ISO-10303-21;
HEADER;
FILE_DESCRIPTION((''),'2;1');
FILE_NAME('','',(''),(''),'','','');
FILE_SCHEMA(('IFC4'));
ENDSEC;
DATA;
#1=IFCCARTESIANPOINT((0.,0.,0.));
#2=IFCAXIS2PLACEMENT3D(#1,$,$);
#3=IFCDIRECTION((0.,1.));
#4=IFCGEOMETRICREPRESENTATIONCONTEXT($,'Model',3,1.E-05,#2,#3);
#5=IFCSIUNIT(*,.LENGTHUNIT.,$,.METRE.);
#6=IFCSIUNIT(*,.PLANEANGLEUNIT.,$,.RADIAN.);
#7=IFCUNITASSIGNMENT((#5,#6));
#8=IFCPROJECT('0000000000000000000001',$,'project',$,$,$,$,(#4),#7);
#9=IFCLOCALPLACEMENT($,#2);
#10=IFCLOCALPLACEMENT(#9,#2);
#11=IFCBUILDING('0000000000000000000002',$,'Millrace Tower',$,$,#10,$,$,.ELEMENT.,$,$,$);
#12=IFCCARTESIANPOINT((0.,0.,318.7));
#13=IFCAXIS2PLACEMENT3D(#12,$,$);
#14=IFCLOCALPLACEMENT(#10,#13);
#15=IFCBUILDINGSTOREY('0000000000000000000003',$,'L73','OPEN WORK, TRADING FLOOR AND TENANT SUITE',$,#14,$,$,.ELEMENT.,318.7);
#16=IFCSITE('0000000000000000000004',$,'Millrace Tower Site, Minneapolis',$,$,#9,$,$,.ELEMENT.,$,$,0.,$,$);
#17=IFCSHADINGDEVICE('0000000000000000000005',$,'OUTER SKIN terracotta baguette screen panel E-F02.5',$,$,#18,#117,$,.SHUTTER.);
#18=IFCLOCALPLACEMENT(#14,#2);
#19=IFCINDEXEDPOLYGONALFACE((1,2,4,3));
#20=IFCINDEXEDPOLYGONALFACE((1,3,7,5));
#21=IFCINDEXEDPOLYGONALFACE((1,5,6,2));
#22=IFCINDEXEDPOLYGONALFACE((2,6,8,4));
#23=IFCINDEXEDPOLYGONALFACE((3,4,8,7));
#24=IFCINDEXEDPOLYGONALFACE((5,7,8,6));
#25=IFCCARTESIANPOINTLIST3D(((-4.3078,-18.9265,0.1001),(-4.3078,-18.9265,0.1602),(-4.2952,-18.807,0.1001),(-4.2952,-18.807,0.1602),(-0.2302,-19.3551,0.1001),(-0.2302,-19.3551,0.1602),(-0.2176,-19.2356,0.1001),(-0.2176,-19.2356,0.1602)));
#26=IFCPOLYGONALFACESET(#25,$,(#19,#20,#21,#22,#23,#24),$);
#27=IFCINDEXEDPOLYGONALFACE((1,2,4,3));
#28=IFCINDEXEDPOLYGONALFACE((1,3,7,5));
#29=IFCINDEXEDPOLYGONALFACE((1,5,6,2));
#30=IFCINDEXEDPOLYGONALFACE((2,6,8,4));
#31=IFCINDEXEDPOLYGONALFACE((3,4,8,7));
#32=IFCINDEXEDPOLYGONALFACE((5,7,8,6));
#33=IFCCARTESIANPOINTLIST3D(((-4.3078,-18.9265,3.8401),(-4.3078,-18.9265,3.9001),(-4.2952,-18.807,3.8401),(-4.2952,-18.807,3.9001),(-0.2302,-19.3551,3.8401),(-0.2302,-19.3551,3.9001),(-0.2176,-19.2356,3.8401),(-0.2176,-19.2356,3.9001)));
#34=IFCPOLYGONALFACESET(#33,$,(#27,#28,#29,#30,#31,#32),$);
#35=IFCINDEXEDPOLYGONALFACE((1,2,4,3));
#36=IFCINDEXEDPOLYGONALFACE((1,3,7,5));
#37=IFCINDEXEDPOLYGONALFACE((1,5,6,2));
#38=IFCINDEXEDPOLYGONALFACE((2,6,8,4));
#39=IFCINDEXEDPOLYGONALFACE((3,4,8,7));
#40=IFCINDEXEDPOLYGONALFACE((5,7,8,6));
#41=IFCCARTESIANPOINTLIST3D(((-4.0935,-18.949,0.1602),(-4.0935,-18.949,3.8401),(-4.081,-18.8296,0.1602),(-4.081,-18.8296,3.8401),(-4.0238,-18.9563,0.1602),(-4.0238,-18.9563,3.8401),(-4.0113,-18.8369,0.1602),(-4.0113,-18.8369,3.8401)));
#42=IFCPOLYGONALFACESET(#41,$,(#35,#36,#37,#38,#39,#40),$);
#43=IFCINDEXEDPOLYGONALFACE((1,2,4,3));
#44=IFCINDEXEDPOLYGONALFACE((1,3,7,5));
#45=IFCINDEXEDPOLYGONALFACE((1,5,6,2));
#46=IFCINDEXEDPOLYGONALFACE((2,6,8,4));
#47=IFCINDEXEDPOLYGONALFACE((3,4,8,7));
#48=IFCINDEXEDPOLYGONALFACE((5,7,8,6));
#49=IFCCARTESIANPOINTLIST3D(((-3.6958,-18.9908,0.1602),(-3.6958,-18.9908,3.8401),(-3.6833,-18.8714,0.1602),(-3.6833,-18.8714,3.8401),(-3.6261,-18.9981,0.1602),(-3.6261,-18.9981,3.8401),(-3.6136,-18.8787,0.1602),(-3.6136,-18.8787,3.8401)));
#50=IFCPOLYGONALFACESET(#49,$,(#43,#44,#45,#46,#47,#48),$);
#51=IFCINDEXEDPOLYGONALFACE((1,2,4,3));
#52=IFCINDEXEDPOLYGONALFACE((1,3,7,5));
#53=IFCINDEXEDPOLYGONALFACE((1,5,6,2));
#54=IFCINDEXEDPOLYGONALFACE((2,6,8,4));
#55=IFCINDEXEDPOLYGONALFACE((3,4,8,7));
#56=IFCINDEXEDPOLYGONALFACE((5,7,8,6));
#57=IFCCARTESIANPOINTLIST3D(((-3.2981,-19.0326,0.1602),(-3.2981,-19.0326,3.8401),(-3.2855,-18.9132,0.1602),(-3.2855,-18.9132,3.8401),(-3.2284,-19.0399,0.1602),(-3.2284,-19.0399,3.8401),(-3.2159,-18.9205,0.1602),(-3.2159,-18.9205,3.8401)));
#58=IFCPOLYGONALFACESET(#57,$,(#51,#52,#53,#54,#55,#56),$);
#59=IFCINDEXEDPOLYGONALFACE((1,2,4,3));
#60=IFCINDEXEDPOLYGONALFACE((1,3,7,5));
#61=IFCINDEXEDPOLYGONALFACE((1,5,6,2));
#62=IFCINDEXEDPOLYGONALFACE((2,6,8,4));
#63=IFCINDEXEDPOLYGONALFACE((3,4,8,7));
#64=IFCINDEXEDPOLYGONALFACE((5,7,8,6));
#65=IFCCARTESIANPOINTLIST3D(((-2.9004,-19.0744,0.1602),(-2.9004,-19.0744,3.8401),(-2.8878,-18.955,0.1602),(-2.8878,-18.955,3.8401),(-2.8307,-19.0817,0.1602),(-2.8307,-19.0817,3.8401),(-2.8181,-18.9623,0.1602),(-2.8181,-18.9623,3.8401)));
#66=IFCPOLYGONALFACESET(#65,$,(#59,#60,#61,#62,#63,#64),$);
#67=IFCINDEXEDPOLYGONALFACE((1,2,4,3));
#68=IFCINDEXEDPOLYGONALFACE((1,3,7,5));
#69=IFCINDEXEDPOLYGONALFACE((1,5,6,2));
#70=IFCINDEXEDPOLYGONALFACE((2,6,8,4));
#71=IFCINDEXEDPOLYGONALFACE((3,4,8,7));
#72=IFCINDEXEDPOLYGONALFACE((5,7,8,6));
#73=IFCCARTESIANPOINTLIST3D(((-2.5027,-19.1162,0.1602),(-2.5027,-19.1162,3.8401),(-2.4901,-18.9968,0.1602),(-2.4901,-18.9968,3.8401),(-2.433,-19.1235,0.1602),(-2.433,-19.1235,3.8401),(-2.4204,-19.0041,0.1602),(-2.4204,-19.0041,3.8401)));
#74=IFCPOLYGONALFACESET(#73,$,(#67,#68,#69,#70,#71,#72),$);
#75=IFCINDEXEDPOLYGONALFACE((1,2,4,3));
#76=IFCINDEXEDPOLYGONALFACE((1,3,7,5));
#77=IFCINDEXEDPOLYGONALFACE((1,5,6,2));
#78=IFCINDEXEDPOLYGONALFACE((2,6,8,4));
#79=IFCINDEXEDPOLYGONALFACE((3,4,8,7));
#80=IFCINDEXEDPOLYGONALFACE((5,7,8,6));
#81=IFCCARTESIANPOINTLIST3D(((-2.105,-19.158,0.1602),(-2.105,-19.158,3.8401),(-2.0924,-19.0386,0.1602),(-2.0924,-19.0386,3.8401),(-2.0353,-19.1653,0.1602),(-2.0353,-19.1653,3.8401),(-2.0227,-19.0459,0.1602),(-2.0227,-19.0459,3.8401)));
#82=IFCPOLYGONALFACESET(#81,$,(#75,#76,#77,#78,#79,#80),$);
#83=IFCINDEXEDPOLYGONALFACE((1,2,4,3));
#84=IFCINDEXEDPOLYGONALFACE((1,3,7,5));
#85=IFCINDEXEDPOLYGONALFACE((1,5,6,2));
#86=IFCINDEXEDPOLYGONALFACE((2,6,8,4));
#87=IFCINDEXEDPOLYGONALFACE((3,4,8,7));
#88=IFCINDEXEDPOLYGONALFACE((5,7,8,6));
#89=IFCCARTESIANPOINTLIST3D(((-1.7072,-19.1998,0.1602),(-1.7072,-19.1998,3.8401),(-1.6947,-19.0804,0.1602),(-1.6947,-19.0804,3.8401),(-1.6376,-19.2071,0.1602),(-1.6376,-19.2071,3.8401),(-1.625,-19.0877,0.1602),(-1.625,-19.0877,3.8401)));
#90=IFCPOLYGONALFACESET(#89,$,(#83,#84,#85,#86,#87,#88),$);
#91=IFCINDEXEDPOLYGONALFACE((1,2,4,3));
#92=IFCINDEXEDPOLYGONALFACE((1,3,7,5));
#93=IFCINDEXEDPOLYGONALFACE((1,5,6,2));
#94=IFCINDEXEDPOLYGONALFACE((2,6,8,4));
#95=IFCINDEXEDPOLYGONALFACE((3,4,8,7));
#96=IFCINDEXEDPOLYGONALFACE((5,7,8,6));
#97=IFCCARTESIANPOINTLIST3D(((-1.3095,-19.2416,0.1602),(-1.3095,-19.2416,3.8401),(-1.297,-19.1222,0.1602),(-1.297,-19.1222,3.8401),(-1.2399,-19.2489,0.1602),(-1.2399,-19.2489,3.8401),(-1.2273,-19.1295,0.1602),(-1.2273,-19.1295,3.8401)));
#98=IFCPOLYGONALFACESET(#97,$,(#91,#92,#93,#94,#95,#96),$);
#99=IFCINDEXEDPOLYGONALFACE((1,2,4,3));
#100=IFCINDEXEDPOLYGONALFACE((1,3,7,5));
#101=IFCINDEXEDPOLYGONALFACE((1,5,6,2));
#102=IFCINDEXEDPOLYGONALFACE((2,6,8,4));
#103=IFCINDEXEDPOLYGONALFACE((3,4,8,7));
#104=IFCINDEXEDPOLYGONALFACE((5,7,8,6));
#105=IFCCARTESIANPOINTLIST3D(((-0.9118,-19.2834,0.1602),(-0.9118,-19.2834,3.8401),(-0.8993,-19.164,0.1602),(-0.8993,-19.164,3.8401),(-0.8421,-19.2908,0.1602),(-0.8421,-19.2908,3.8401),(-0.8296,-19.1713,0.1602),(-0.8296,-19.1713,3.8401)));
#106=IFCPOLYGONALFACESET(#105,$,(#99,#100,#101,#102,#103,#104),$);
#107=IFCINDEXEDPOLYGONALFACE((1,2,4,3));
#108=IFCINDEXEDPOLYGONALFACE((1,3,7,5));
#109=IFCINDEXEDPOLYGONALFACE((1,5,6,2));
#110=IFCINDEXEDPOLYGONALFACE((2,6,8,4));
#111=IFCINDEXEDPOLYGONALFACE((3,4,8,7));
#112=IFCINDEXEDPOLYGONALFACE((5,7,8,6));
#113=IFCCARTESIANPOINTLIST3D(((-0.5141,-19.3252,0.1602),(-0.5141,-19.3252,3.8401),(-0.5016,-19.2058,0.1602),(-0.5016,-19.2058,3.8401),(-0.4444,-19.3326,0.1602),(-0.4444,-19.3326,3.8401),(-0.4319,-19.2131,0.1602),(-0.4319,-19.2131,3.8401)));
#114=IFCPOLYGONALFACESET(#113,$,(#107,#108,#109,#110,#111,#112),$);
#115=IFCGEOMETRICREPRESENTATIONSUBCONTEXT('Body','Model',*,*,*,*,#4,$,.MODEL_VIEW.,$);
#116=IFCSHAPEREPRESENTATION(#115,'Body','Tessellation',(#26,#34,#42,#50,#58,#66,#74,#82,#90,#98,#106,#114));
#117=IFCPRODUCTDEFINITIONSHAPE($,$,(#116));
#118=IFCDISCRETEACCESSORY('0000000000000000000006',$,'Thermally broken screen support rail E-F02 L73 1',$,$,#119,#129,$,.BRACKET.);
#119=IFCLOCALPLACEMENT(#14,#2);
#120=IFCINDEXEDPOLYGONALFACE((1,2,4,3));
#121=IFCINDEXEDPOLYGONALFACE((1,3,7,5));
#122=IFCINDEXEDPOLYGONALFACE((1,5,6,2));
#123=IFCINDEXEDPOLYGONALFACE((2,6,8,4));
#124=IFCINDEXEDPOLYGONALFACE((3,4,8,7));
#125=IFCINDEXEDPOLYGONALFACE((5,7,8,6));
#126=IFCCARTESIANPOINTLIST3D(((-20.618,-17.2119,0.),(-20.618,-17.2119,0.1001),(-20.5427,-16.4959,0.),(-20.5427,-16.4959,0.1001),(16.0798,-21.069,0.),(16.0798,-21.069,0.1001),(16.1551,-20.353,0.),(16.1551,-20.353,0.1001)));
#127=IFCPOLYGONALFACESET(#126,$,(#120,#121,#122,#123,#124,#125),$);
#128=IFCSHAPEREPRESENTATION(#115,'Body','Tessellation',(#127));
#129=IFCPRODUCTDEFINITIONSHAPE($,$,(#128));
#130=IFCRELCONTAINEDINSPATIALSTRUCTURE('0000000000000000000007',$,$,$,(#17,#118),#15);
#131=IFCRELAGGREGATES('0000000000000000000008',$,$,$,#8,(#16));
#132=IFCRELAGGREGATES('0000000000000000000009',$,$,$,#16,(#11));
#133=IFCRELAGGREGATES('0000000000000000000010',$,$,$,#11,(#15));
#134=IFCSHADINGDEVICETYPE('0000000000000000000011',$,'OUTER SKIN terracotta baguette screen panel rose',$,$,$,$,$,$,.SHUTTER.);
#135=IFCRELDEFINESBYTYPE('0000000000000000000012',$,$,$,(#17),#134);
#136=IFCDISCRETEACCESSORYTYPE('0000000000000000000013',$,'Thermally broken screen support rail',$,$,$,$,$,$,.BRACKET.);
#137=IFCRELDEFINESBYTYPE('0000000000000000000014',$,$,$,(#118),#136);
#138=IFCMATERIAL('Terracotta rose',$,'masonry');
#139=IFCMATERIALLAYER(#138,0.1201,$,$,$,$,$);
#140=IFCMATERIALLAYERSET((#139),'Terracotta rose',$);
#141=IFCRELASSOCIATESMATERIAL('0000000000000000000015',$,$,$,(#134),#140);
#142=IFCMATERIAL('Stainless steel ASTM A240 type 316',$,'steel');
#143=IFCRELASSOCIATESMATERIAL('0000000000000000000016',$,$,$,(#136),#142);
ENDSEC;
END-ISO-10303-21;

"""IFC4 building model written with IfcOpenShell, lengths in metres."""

from ifc_helpers import new_model, entity, si_unit, direction, frame, frame_2d, origin, origin_2d, place, context, subcontext, project, spatial, rectangle, extrude, source, transform, mapped, material, layer, layer_set, type_object, element, save


model = new_model("IFC4")

# Units and contexts
model_context = context("Model", 3, precision=1e-05, world=origin(), true_north=direction((0.0, 1.0)))
body_context = subcontext(model_context, "Body", "Model", "MODEL_VIEW")
ifc_project = project(units=[si_unit("LENGTHUNIT", "METRE"), si_unit("PLANEANGLEUNIT", "RADIAN")], contexts=[model_context])

# Site, building, storey
site_placement = place(None, origin())
site = spatial("IfcSite", under=ifc_project, at=site_placement, Name="Millrace Tower Site, Minneapolis", CompositionType="ELEMENT", RefElevation=0.0)
building_placement = place(site_placement, origin())
building = spatial("IfcBuilding", under=site, at=building_placement, Name="Millrace Tower", CompositionType="ELEMENT")
storey_placement = place(building_placement, frame((0.0, 0.0, 318.7)))
storey = spatial("IfcBuildingStorey", under=building, at=storey_placement, Name="L73", Description="OPEN WORK, TRADING FLOOR AND TENANT SUITE", CompositionType="ELEMENT", Elevation=318.7)

# Shading device
ifc_material_1 = material(Name="Terracotta rose", Category="masonry")
ifc_layer_1 = layer(ifc_material_1, 0.1201)
ifc_layer_set_1 = layer_set([ifc_layer_1], Name="Terracotta rose")
shading_device_type = type_object("IfcShadingDeviceType", Name="OUTER SKIN terracotta baguette screen panel rose", PredefinedType="SHUTTER", material=ifc_layer_set_1)
cartesian_point = entity("IfcCartesianPoint", [-2.05, 0.0601])
shared_polyline = entity("IfcPolyline", [cartesian_point, entity("IfcCartesianPoint", [2.05, 0.0601]), entity("IfcCartesianPoint", [2.05, -0.0601]), entity("IfcCartesianPoint", [-2.05, -0.0601]), cartesian_point])
shared_shape = source(origin(), body_context, "Body", "SweptSolid", [
    entity("IfcExtrudedAreaSolid", entity("IfcArbitraryClosedProfileDef", "AREA", None, shared_polyline), entity("IfcAxis2Placement3D", entity("IfcCartesianPoint", [0.0, 0.0, 0.0])), entity("IfcDirection", [0.0, 0.0, 1.0]), 0.0601),
    entity("IfcExtrudedAreaSolid", entity("IfcArbitraryClosedProfileDef", "AREA", None, shared_polyline), entity("IfcAxis2Placement3D", entity("IfcCartesianPoint", [0.0, 0.0, 3.74])), entity("IfcDirection", [0.0, 0.0, 1.0]), 0.0601),
    extrude(rectangle(XDim=0.0701, YDim=0.1201, at=frame_2d((-1.7996, 0.0))), frame((0.0, 0.0, 0.0601)), (0.0, 0.0, 1.0), 3.6799),
    extrude(rectangle(XDim=0.0701, YDim=0.1201, at=frame_2d((-1.3997, 0.0))), frame((0.0, 0.0, 0.0601)), (0.0, 0.0, 1.0), 3.6799),
    extrude(rectangle(XDim=0.0701, YDim=0.1201, at=frame_2d((-0.9998, 0.0))), frame((0.0, 0.0, 0.0601)), (0.0, 0.0, 1.0), 3.6799),
    extrude(rectangle(XDim=0.0701, YDim=0.1201, at=frame_2d((-0.5999, 0.0))), frame((0.0, 0.0, 0.0601)), (0.0, 0.0, 1.0), 3.6799),
    extrude(rectangle(XDim=0.0701, YDim=0.1201, at=frame_2d((-0.2, 0.0))), frame((0.0, 0.0, 0.0601)), (0.0, 0.0, 1.0), 3.6799),
    extrude(rectangle(XDim=0.0701, YDim=0.1201, at=frame_2d((0.2, 0.0))), frame((0.0, 0.0, 0.0601)), (0.0, 0.0, 1.0), 3.6799),
    extrude(rectangle(XDim=0.0701, YDim=0.1201, at=frame_2d((0.5999, 0.0))), frame((0.0, 0.0, 0.0601)), (0.0, 0.0, 1.0), 3.6799),
    extrude(rectangle(XDim=0.0701, YDim=0.1201, at=frame_2d((0.9998, 0.0))), frame((0.0, 0.0, 0.0601)), (0.0, 0.0, 1.0), 3.6799),
    extrude(rectangle(XDim=0.0701, YDim=0.1201, at=frame_2d((1.3997, 0.0))), frame((0.0, 0.0, 0.0601)), (0.0, 0.0, 1.0), 3.6799),
    extrude(rectangle(XDim=0.0701, YDim=0.1201, at=frame_2d((1.7996, 0.0))), frame((0.0, 0.0, 0.0601)), (0.0, 0.0, 1.0), 3.6799),
])
for number, where, z_axis, x_axis, name in (
    (1, (-2.2627, -19.0811, 0.1001), (0.0, 0.0, 1.0), (0.994522, -0.104528, 0.0), "OUTER SKIN terracotta baguette screen panel E-F02.5"),
):
    element("IfcShadingDevice", number, at=place(storey_placement, frame(where, z_axis=z_axis, x_axis=x_axis)), inside=storey, type_object=shading_device_type, Name=name, PredefinedType="SHUTTER", context=body_context, shape_type="MappedRepresentation", body=[
        mapped(shared_shape, transform((0.0, 0.0, 0.0), scale=1.0)),
    ])

# Discrete accessory
ifc_material_2 = material(Name="Stainless steel ASTM A240 type 316", Category="steel")
discrete_accessory_type = type_object("IfcDiscreteAccessoryType", Name="Thermally broken screen support rail", PredefinedType="BRACKET", material=ifc_material_2)
discrete_accessory_placement = place(storey_placement, frame((-2.2314, -18.7825, 0.0), z_axis=(0.0, 0.0, 1.0), x_axis=(0.994522, -0.104528, 0.0)))
element("IfcDiscreteAccessory", 2, at=discrete_accessory_placement, inside=storey, type_object=discrete_accessory_type, Name="Thermally broken screen support rail E-F02 L73 1", PredefinedType="BRACKET", context=body_context, shape_type="SweptSolid", body=[
    extrude(rectangle(XDim=36.8999, YDim=0.72, at=origin_2d()), origin(), (0.0, 0.0, 1.0), 0.1001),
])

save(model, "model.ifc")
